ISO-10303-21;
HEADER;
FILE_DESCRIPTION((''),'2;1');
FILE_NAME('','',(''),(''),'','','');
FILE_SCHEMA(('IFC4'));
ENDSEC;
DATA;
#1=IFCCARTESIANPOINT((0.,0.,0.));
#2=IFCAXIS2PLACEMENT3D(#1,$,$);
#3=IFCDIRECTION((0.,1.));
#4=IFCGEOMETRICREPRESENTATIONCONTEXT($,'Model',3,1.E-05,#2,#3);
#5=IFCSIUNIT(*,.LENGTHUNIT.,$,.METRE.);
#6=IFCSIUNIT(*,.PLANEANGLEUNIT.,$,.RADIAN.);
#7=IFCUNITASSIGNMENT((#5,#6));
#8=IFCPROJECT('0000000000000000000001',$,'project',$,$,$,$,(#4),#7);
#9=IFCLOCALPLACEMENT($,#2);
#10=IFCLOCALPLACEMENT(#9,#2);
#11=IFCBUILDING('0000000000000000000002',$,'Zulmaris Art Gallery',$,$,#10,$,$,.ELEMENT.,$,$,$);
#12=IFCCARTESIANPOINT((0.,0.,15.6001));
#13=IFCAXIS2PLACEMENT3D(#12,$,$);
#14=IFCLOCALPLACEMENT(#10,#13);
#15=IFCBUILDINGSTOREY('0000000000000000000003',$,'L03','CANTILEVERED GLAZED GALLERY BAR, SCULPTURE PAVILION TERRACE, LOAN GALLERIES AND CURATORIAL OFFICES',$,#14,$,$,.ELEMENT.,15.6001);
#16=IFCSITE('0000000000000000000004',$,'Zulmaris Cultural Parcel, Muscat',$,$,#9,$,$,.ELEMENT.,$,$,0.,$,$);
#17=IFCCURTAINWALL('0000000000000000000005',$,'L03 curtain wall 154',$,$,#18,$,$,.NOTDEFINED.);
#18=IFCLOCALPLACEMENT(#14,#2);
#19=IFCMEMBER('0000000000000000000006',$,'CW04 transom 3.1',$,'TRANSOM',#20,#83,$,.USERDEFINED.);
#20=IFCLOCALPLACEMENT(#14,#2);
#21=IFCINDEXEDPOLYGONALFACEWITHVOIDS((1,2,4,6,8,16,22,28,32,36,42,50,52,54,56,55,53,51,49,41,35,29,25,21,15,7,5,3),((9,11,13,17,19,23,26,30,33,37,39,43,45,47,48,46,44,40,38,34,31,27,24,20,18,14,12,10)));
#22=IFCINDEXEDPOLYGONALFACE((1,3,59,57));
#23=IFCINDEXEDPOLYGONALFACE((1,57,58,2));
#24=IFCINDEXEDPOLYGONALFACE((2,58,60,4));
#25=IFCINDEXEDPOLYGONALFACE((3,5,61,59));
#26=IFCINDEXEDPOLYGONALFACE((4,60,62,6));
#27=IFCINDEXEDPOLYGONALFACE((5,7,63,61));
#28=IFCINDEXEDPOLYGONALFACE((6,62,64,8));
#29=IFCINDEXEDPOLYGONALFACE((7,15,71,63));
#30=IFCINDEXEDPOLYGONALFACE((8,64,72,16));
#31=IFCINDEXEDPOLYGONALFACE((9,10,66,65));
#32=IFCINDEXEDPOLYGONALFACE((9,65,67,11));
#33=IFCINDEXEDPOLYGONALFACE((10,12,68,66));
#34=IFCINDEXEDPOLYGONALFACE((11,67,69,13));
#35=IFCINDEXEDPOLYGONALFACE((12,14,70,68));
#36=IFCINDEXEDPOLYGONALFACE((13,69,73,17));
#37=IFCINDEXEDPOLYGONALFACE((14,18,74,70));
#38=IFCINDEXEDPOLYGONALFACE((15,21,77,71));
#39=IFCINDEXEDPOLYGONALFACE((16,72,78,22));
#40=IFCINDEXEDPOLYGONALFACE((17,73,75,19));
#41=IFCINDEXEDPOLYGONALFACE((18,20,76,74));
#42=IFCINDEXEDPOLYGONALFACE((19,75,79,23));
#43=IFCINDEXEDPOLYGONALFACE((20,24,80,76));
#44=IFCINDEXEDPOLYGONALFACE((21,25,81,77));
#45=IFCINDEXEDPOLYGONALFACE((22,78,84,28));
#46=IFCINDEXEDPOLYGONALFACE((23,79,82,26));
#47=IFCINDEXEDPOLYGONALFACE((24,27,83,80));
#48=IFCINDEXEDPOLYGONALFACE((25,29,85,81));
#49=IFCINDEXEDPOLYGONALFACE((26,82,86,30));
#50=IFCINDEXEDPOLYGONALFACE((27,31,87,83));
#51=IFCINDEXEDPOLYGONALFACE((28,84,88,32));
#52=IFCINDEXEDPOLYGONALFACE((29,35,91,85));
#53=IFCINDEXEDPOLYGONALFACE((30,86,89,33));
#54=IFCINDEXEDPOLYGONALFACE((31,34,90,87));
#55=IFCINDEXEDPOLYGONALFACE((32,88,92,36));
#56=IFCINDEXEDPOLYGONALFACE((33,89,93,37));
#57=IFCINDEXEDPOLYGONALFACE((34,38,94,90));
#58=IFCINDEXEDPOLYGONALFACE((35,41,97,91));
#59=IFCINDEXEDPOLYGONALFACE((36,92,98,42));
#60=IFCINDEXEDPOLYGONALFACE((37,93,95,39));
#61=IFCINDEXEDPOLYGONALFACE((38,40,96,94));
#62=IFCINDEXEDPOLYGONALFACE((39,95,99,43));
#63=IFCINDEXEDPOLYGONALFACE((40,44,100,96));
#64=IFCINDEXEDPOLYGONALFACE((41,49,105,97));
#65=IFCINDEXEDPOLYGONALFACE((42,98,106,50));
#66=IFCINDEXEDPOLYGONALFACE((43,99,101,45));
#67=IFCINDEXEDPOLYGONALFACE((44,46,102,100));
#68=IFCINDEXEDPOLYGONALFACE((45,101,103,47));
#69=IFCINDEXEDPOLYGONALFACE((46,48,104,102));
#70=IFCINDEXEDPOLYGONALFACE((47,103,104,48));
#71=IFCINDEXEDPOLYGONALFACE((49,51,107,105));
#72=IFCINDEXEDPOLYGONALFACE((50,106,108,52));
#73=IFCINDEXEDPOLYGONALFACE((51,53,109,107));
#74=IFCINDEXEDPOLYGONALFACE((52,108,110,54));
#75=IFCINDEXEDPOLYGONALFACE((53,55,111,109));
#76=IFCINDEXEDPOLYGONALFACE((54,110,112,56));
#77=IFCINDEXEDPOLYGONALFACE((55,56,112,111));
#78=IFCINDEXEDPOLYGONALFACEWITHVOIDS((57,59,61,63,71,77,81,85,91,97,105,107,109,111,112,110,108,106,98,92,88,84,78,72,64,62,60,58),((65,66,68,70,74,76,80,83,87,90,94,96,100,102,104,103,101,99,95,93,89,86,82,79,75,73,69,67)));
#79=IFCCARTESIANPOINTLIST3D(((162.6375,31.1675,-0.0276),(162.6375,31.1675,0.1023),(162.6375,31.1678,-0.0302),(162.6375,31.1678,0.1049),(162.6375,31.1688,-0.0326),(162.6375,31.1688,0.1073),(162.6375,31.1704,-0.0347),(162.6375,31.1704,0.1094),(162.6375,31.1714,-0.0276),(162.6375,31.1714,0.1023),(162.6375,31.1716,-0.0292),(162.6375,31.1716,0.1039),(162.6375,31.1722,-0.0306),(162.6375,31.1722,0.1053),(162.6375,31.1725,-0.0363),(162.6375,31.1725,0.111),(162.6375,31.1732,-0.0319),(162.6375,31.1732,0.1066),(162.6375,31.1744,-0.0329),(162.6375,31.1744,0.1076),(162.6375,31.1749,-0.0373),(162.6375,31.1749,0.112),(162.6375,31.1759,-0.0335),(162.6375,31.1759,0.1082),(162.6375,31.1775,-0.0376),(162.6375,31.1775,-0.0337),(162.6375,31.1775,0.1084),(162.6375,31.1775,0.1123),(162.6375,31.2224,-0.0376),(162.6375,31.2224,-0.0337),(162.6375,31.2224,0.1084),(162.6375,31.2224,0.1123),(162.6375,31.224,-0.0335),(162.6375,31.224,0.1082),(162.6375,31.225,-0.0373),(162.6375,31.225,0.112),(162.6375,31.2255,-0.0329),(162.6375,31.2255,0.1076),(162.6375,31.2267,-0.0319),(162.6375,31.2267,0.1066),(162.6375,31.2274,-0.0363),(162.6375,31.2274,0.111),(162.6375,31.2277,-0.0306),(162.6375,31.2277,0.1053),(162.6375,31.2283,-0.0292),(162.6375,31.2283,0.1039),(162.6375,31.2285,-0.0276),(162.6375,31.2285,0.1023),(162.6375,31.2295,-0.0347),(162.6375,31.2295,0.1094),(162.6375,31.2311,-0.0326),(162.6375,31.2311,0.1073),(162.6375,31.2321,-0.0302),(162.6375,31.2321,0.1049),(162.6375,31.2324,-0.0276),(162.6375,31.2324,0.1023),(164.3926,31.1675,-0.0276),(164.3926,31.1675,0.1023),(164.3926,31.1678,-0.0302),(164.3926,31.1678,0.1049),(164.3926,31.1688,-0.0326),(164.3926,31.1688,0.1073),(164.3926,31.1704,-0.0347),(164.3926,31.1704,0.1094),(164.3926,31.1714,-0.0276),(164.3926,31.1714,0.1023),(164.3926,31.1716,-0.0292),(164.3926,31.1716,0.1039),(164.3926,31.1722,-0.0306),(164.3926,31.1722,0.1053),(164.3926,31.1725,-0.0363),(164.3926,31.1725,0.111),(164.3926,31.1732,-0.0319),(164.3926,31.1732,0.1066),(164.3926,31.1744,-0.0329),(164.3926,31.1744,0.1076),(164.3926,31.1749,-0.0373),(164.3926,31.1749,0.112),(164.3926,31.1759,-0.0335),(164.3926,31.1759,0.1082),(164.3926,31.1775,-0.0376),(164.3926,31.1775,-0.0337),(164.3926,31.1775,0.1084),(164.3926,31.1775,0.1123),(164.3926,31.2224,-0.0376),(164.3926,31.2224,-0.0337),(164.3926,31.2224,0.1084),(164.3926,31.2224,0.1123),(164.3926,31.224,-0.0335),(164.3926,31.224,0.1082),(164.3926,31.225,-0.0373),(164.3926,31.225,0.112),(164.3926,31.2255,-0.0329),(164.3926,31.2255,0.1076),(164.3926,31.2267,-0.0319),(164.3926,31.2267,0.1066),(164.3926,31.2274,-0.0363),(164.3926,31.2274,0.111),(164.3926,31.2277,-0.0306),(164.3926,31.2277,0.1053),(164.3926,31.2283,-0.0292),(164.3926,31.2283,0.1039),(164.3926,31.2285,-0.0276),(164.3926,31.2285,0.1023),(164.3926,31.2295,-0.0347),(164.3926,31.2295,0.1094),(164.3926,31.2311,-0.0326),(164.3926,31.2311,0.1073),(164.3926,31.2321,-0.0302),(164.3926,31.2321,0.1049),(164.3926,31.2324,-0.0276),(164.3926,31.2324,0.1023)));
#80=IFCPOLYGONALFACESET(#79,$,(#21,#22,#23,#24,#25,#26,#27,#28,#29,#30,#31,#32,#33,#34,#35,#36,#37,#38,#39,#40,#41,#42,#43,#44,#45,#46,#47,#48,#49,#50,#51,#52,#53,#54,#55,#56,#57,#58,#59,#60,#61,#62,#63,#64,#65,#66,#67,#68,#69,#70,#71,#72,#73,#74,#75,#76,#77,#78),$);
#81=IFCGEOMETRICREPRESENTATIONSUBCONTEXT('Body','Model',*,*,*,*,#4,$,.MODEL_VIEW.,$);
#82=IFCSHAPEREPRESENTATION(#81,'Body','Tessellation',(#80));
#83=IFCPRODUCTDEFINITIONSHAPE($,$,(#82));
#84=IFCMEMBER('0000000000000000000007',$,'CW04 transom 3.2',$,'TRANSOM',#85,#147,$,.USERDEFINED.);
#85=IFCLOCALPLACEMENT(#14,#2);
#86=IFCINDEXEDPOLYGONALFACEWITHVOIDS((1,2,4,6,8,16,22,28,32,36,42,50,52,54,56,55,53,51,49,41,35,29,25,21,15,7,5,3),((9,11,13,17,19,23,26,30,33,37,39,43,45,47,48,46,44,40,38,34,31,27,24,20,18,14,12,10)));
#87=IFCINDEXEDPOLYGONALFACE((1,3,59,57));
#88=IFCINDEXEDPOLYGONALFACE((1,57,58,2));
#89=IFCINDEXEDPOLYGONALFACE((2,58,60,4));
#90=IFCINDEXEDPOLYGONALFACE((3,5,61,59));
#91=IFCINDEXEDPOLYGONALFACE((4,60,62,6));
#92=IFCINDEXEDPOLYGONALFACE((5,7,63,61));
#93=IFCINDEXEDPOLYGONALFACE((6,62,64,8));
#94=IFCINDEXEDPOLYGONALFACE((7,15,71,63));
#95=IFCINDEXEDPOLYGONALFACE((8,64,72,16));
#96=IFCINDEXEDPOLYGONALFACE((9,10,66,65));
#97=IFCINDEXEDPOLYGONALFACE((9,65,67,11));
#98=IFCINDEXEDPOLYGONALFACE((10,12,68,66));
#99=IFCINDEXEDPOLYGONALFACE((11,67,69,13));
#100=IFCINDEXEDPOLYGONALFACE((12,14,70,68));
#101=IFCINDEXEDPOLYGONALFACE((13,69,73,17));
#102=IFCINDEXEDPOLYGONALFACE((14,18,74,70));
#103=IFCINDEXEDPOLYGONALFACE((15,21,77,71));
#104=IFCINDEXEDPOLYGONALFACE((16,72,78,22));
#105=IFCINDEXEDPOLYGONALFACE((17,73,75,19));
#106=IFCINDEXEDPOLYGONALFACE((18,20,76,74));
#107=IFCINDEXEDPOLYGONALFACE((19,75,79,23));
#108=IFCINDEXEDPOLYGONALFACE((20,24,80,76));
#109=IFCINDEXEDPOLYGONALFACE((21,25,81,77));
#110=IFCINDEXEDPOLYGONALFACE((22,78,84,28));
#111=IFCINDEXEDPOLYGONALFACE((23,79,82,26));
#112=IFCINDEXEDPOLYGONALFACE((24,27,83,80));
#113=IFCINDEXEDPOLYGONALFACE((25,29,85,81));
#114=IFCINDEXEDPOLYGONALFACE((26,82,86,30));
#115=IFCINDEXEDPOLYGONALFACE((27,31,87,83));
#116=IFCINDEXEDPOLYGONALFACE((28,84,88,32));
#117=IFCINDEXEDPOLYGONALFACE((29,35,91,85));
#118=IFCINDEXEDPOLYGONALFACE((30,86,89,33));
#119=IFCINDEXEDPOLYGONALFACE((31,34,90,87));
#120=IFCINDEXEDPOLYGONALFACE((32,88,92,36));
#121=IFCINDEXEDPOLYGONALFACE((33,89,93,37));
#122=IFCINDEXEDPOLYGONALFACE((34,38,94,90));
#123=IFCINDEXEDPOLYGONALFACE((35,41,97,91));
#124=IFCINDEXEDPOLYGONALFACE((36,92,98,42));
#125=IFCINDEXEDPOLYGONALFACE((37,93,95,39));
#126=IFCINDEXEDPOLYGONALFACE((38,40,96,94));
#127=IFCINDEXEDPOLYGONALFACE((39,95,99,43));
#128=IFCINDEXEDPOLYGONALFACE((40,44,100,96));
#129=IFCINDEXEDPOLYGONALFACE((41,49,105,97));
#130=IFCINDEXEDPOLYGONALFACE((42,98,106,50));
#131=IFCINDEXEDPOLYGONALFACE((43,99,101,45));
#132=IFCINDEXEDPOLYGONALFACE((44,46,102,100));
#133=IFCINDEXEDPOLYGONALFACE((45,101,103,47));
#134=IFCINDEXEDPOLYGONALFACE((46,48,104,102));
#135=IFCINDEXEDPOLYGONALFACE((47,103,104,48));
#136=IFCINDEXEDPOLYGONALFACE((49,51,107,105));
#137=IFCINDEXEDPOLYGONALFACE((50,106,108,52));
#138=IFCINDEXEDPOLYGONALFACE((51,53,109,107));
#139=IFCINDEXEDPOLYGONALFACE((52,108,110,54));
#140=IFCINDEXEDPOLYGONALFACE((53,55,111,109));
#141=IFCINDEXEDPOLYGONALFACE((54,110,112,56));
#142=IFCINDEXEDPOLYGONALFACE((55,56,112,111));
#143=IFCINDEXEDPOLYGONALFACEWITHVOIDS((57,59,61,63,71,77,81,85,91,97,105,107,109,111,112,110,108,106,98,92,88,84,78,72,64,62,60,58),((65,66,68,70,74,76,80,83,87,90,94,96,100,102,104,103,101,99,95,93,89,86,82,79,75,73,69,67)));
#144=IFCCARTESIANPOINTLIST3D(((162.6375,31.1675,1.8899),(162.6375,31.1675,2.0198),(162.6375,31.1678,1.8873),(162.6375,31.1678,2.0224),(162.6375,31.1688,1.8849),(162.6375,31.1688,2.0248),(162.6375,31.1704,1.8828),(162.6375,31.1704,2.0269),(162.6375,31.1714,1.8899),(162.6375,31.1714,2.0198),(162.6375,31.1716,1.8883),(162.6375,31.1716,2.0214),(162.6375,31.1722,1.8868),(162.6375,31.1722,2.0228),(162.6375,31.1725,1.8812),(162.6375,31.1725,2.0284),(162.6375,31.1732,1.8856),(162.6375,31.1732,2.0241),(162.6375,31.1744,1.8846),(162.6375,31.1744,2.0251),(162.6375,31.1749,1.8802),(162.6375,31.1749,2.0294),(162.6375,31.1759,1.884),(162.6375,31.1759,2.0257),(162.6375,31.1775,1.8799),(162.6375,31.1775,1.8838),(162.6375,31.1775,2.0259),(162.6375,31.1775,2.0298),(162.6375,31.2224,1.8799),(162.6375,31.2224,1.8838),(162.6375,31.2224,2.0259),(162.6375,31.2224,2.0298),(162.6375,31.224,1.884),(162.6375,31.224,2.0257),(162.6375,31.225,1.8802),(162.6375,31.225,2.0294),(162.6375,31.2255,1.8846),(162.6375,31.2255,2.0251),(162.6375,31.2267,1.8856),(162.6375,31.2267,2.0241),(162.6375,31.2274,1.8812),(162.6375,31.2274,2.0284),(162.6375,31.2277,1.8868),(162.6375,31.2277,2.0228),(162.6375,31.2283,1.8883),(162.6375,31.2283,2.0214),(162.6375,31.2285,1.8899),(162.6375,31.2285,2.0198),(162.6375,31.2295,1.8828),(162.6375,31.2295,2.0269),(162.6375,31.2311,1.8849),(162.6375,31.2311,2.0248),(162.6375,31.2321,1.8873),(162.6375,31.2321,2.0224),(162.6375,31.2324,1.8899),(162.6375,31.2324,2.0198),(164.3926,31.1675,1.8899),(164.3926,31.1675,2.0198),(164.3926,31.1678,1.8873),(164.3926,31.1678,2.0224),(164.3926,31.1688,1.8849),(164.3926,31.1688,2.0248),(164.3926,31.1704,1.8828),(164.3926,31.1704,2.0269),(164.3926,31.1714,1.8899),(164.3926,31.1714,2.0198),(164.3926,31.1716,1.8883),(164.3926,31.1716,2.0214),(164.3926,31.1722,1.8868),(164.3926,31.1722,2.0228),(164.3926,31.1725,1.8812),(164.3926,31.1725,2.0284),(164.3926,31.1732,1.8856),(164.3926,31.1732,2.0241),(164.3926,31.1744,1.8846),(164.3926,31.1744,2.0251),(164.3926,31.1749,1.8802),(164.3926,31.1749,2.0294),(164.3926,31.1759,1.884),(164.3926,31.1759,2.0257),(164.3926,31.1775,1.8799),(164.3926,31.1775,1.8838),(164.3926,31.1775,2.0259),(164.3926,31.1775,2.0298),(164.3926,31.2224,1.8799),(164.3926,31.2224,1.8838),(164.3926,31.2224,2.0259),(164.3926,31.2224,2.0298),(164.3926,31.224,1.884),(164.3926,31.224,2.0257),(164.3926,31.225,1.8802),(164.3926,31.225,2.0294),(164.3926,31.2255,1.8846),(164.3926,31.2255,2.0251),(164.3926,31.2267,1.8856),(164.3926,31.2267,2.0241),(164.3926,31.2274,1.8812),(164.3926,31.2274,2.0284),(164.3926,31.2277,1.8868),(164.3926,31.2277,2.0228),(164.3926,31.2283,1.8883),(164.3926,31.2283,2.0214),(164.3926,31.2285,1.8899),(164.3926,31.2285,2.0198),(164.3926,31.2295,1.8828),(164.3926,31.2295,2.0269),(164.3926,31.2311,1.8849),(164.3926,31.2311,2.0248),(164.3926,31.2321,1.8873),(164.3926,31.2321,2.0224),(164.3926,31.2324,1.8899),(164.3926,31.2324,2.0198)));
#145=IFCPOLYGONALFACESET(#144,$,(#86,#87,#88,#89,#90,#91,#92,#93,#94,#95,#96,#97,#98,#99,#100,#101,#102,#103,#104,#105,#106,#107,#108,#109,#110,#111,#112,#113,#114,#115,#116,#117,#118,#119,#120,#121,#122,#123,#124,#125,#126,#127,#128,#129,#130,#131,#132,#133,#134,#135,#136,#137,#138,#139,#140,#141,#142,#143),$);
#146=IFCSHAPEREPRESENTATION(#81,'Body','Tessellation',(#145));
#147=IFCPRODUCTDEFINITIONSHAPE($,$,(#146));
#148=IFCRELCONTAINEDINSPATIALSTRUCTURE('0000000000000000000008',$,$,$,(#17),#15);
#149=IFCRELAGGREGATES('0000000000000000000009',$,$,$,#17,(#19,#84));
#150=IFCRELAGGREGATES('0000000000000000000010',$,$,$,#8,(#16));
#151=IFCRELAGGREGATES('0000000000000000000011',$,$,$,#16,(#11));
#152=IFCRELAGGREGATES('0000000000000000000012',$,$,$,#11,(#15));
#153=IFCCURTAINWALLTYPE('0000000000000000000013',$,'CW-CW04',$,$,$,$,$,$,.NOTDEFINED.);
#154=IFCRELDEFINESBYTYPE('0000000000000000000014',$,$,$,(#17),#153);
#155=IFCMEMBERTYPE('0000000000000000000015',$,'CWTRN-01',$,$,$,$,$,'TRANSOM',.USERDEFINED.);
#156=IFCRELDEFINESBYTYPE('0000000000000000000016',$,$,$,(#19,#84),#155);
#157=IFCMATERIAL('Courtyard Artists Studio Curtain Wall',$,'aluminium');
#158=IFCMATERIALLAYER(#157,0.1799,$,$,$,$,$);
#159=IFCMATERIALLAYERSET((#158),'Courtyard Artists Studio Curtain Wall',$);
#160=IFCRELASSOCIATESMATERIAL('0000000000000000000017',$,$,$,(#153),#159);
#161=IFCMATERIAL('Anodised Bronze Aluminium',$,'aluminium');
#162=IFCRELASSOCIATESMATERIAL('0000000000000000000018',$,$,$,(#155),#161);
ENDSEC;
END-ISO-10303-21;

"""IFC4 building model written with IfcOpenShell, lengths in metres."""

from ifc_helpers import new_model, si_unit, direction, frame, origin, origin_2d, place, context, subcontext, project, spatial, hollow_rectangle, extrude, material, layer, layer_set, material_profile, profile_set, type_object, element, aggregate, save


model = new_model("IFC4")

# Units and contexts
model_context = context("Model", 3, precision=1e-05, world=origin(), true_north=direction((0.0, 1.0)))
body_context = subcontext(model_context, "Body", "Model", "MODEL_VIEW")
ifc_project = project(units=[si_unit("LENGTHUNIT", "METRE"), si_unit("PLANEANGLEUNIT", "RADIAN")], contexts=[model_context])

# Site, building, storey
site_placement = place(None, origin())
site = spatial("IfcSite", under=ifc_project, at=site_placement, Name="Zulmaris Cultural Parcel, Muscat", CompositionType="ELEMENT", RefElevation=0.0)
building_placement = place(site_placement, origin())
building = spatial("IfcBuilding", under=site, at=building_placement, Name="Zulmaris Art Gallery", CompositionType="ELEMENT")
storey_placement = place(building_placement, frame((0.0, 0.0, 15.6001)))
storey = spatial("IfcBuildingStorey", under=building, at=storey_placement, Name="L03", Description="CANTILEVERED GLAZED GALLERY BAR, SCULPTURE PAVILION TERRACE, LOAN GALLERIES AND CURATORIAL OFFICES", CompositionType="ELEMENT", Elevation=15.6001)

# Curtain wall
ifc_material_1 = material(Name="Courtyard Artists Studio Curtain Wall", Category="aluminium")
ifc_layer_1 = layer(ifc_material_1, 0.1799)
ifc_layer_set_1 = layer_set([ifc_layer_1], Name="Courtyard Artists Studio Curtain Wall")
curtain_wall_type = type_object("IfcCurtainWallType", Name="CW-CW04", PredefinedType="NOTDEFINED", material=ifc_layer_set_1)
curtain_wall_1_placement = place(storey_placement, origin())
curtain_wall_1 = element("IfcCurtainWall", 1, at=curtain_wall_1_placement, inside=storey, type_object=curtain_wall_type, Name="L03 curtain wall 154", PredefinedType="NOTDEFINED")
ifc_material_2 = material(Name="Anodised Bronze Aluminium", Category="aluminium")

# Members
ifc_material_profile_1 = material_profile(ifc_material_2, hollow_rectangle(XDim=0.0649, YDim=0.1499, WallThickness=0.0039, InnerFilletRadius=0.0061, OuterFilletRadius=0.01, at=origin_2d()), Name="ALU 65x150x4")
ifc_profile_set_1 = profile_set([ifc_material_profile_1], Name="Anodised Bronze Aluminium")
member_type_1 = type_object("IfcMemberType", Name="CWTRN-01", ElementType="TRANSOM", PredefinedType="USERDEFINED", material=ifc_profile_set_1)
member_1_placement = place(storey_placement, frame((162.6375, 31.2, 0.0374), z_axis=(1.0, 0.0, 0.0), x_axis=(0.0, 1.0, 0.0)))
member_1 = element("IfcMember", 2, at=member_1_placement, type_object=member_type_1, Name="CW04 transom 3.1", ObjectType="TRANSOM", PredefinedType="USERDEFINED", context=body_context, shape_type="SweptSolid", body=[
    extrude(hollow_rectangle(XDim=0.0649, YDim=0.1499, WallThickness=0.0039, InnerFilletRadius=0.0061, OuterFilletRadius=0.01, at=origin_2d()), origin(), (0.0, 0.0, 1.0), 1.7551),
])
member_2_placement = place(storey_placement, frame((162.6375, 31.2, 1.9548), z_axis=(1.0, 0.0, 0.0), x_axis=(0.0, 1.0, 0.0)))
member_2 = element("IfcMember", 3, at=member_2_placement, type_object=member_type_1, Name="CW04 transom 3.2", ObjectType="TRANSOM", PredefinedType="USERDEFINED", context=body_context, shape_type="SweptSolid", body=[
    extrude(hollow_rectangle(XDim=0.0649, YDim=0.1499, WallThickness=0.0039, InnerFilletRadius=0.0061, OuterFilletRadius=0.01, at=origin_2d()), origin(), (0.0, 0.0, 1.0), 1.7551),
])

aggregate(curtain_wall_1, [member_1, member_2])

save(model, "model.ifc")
